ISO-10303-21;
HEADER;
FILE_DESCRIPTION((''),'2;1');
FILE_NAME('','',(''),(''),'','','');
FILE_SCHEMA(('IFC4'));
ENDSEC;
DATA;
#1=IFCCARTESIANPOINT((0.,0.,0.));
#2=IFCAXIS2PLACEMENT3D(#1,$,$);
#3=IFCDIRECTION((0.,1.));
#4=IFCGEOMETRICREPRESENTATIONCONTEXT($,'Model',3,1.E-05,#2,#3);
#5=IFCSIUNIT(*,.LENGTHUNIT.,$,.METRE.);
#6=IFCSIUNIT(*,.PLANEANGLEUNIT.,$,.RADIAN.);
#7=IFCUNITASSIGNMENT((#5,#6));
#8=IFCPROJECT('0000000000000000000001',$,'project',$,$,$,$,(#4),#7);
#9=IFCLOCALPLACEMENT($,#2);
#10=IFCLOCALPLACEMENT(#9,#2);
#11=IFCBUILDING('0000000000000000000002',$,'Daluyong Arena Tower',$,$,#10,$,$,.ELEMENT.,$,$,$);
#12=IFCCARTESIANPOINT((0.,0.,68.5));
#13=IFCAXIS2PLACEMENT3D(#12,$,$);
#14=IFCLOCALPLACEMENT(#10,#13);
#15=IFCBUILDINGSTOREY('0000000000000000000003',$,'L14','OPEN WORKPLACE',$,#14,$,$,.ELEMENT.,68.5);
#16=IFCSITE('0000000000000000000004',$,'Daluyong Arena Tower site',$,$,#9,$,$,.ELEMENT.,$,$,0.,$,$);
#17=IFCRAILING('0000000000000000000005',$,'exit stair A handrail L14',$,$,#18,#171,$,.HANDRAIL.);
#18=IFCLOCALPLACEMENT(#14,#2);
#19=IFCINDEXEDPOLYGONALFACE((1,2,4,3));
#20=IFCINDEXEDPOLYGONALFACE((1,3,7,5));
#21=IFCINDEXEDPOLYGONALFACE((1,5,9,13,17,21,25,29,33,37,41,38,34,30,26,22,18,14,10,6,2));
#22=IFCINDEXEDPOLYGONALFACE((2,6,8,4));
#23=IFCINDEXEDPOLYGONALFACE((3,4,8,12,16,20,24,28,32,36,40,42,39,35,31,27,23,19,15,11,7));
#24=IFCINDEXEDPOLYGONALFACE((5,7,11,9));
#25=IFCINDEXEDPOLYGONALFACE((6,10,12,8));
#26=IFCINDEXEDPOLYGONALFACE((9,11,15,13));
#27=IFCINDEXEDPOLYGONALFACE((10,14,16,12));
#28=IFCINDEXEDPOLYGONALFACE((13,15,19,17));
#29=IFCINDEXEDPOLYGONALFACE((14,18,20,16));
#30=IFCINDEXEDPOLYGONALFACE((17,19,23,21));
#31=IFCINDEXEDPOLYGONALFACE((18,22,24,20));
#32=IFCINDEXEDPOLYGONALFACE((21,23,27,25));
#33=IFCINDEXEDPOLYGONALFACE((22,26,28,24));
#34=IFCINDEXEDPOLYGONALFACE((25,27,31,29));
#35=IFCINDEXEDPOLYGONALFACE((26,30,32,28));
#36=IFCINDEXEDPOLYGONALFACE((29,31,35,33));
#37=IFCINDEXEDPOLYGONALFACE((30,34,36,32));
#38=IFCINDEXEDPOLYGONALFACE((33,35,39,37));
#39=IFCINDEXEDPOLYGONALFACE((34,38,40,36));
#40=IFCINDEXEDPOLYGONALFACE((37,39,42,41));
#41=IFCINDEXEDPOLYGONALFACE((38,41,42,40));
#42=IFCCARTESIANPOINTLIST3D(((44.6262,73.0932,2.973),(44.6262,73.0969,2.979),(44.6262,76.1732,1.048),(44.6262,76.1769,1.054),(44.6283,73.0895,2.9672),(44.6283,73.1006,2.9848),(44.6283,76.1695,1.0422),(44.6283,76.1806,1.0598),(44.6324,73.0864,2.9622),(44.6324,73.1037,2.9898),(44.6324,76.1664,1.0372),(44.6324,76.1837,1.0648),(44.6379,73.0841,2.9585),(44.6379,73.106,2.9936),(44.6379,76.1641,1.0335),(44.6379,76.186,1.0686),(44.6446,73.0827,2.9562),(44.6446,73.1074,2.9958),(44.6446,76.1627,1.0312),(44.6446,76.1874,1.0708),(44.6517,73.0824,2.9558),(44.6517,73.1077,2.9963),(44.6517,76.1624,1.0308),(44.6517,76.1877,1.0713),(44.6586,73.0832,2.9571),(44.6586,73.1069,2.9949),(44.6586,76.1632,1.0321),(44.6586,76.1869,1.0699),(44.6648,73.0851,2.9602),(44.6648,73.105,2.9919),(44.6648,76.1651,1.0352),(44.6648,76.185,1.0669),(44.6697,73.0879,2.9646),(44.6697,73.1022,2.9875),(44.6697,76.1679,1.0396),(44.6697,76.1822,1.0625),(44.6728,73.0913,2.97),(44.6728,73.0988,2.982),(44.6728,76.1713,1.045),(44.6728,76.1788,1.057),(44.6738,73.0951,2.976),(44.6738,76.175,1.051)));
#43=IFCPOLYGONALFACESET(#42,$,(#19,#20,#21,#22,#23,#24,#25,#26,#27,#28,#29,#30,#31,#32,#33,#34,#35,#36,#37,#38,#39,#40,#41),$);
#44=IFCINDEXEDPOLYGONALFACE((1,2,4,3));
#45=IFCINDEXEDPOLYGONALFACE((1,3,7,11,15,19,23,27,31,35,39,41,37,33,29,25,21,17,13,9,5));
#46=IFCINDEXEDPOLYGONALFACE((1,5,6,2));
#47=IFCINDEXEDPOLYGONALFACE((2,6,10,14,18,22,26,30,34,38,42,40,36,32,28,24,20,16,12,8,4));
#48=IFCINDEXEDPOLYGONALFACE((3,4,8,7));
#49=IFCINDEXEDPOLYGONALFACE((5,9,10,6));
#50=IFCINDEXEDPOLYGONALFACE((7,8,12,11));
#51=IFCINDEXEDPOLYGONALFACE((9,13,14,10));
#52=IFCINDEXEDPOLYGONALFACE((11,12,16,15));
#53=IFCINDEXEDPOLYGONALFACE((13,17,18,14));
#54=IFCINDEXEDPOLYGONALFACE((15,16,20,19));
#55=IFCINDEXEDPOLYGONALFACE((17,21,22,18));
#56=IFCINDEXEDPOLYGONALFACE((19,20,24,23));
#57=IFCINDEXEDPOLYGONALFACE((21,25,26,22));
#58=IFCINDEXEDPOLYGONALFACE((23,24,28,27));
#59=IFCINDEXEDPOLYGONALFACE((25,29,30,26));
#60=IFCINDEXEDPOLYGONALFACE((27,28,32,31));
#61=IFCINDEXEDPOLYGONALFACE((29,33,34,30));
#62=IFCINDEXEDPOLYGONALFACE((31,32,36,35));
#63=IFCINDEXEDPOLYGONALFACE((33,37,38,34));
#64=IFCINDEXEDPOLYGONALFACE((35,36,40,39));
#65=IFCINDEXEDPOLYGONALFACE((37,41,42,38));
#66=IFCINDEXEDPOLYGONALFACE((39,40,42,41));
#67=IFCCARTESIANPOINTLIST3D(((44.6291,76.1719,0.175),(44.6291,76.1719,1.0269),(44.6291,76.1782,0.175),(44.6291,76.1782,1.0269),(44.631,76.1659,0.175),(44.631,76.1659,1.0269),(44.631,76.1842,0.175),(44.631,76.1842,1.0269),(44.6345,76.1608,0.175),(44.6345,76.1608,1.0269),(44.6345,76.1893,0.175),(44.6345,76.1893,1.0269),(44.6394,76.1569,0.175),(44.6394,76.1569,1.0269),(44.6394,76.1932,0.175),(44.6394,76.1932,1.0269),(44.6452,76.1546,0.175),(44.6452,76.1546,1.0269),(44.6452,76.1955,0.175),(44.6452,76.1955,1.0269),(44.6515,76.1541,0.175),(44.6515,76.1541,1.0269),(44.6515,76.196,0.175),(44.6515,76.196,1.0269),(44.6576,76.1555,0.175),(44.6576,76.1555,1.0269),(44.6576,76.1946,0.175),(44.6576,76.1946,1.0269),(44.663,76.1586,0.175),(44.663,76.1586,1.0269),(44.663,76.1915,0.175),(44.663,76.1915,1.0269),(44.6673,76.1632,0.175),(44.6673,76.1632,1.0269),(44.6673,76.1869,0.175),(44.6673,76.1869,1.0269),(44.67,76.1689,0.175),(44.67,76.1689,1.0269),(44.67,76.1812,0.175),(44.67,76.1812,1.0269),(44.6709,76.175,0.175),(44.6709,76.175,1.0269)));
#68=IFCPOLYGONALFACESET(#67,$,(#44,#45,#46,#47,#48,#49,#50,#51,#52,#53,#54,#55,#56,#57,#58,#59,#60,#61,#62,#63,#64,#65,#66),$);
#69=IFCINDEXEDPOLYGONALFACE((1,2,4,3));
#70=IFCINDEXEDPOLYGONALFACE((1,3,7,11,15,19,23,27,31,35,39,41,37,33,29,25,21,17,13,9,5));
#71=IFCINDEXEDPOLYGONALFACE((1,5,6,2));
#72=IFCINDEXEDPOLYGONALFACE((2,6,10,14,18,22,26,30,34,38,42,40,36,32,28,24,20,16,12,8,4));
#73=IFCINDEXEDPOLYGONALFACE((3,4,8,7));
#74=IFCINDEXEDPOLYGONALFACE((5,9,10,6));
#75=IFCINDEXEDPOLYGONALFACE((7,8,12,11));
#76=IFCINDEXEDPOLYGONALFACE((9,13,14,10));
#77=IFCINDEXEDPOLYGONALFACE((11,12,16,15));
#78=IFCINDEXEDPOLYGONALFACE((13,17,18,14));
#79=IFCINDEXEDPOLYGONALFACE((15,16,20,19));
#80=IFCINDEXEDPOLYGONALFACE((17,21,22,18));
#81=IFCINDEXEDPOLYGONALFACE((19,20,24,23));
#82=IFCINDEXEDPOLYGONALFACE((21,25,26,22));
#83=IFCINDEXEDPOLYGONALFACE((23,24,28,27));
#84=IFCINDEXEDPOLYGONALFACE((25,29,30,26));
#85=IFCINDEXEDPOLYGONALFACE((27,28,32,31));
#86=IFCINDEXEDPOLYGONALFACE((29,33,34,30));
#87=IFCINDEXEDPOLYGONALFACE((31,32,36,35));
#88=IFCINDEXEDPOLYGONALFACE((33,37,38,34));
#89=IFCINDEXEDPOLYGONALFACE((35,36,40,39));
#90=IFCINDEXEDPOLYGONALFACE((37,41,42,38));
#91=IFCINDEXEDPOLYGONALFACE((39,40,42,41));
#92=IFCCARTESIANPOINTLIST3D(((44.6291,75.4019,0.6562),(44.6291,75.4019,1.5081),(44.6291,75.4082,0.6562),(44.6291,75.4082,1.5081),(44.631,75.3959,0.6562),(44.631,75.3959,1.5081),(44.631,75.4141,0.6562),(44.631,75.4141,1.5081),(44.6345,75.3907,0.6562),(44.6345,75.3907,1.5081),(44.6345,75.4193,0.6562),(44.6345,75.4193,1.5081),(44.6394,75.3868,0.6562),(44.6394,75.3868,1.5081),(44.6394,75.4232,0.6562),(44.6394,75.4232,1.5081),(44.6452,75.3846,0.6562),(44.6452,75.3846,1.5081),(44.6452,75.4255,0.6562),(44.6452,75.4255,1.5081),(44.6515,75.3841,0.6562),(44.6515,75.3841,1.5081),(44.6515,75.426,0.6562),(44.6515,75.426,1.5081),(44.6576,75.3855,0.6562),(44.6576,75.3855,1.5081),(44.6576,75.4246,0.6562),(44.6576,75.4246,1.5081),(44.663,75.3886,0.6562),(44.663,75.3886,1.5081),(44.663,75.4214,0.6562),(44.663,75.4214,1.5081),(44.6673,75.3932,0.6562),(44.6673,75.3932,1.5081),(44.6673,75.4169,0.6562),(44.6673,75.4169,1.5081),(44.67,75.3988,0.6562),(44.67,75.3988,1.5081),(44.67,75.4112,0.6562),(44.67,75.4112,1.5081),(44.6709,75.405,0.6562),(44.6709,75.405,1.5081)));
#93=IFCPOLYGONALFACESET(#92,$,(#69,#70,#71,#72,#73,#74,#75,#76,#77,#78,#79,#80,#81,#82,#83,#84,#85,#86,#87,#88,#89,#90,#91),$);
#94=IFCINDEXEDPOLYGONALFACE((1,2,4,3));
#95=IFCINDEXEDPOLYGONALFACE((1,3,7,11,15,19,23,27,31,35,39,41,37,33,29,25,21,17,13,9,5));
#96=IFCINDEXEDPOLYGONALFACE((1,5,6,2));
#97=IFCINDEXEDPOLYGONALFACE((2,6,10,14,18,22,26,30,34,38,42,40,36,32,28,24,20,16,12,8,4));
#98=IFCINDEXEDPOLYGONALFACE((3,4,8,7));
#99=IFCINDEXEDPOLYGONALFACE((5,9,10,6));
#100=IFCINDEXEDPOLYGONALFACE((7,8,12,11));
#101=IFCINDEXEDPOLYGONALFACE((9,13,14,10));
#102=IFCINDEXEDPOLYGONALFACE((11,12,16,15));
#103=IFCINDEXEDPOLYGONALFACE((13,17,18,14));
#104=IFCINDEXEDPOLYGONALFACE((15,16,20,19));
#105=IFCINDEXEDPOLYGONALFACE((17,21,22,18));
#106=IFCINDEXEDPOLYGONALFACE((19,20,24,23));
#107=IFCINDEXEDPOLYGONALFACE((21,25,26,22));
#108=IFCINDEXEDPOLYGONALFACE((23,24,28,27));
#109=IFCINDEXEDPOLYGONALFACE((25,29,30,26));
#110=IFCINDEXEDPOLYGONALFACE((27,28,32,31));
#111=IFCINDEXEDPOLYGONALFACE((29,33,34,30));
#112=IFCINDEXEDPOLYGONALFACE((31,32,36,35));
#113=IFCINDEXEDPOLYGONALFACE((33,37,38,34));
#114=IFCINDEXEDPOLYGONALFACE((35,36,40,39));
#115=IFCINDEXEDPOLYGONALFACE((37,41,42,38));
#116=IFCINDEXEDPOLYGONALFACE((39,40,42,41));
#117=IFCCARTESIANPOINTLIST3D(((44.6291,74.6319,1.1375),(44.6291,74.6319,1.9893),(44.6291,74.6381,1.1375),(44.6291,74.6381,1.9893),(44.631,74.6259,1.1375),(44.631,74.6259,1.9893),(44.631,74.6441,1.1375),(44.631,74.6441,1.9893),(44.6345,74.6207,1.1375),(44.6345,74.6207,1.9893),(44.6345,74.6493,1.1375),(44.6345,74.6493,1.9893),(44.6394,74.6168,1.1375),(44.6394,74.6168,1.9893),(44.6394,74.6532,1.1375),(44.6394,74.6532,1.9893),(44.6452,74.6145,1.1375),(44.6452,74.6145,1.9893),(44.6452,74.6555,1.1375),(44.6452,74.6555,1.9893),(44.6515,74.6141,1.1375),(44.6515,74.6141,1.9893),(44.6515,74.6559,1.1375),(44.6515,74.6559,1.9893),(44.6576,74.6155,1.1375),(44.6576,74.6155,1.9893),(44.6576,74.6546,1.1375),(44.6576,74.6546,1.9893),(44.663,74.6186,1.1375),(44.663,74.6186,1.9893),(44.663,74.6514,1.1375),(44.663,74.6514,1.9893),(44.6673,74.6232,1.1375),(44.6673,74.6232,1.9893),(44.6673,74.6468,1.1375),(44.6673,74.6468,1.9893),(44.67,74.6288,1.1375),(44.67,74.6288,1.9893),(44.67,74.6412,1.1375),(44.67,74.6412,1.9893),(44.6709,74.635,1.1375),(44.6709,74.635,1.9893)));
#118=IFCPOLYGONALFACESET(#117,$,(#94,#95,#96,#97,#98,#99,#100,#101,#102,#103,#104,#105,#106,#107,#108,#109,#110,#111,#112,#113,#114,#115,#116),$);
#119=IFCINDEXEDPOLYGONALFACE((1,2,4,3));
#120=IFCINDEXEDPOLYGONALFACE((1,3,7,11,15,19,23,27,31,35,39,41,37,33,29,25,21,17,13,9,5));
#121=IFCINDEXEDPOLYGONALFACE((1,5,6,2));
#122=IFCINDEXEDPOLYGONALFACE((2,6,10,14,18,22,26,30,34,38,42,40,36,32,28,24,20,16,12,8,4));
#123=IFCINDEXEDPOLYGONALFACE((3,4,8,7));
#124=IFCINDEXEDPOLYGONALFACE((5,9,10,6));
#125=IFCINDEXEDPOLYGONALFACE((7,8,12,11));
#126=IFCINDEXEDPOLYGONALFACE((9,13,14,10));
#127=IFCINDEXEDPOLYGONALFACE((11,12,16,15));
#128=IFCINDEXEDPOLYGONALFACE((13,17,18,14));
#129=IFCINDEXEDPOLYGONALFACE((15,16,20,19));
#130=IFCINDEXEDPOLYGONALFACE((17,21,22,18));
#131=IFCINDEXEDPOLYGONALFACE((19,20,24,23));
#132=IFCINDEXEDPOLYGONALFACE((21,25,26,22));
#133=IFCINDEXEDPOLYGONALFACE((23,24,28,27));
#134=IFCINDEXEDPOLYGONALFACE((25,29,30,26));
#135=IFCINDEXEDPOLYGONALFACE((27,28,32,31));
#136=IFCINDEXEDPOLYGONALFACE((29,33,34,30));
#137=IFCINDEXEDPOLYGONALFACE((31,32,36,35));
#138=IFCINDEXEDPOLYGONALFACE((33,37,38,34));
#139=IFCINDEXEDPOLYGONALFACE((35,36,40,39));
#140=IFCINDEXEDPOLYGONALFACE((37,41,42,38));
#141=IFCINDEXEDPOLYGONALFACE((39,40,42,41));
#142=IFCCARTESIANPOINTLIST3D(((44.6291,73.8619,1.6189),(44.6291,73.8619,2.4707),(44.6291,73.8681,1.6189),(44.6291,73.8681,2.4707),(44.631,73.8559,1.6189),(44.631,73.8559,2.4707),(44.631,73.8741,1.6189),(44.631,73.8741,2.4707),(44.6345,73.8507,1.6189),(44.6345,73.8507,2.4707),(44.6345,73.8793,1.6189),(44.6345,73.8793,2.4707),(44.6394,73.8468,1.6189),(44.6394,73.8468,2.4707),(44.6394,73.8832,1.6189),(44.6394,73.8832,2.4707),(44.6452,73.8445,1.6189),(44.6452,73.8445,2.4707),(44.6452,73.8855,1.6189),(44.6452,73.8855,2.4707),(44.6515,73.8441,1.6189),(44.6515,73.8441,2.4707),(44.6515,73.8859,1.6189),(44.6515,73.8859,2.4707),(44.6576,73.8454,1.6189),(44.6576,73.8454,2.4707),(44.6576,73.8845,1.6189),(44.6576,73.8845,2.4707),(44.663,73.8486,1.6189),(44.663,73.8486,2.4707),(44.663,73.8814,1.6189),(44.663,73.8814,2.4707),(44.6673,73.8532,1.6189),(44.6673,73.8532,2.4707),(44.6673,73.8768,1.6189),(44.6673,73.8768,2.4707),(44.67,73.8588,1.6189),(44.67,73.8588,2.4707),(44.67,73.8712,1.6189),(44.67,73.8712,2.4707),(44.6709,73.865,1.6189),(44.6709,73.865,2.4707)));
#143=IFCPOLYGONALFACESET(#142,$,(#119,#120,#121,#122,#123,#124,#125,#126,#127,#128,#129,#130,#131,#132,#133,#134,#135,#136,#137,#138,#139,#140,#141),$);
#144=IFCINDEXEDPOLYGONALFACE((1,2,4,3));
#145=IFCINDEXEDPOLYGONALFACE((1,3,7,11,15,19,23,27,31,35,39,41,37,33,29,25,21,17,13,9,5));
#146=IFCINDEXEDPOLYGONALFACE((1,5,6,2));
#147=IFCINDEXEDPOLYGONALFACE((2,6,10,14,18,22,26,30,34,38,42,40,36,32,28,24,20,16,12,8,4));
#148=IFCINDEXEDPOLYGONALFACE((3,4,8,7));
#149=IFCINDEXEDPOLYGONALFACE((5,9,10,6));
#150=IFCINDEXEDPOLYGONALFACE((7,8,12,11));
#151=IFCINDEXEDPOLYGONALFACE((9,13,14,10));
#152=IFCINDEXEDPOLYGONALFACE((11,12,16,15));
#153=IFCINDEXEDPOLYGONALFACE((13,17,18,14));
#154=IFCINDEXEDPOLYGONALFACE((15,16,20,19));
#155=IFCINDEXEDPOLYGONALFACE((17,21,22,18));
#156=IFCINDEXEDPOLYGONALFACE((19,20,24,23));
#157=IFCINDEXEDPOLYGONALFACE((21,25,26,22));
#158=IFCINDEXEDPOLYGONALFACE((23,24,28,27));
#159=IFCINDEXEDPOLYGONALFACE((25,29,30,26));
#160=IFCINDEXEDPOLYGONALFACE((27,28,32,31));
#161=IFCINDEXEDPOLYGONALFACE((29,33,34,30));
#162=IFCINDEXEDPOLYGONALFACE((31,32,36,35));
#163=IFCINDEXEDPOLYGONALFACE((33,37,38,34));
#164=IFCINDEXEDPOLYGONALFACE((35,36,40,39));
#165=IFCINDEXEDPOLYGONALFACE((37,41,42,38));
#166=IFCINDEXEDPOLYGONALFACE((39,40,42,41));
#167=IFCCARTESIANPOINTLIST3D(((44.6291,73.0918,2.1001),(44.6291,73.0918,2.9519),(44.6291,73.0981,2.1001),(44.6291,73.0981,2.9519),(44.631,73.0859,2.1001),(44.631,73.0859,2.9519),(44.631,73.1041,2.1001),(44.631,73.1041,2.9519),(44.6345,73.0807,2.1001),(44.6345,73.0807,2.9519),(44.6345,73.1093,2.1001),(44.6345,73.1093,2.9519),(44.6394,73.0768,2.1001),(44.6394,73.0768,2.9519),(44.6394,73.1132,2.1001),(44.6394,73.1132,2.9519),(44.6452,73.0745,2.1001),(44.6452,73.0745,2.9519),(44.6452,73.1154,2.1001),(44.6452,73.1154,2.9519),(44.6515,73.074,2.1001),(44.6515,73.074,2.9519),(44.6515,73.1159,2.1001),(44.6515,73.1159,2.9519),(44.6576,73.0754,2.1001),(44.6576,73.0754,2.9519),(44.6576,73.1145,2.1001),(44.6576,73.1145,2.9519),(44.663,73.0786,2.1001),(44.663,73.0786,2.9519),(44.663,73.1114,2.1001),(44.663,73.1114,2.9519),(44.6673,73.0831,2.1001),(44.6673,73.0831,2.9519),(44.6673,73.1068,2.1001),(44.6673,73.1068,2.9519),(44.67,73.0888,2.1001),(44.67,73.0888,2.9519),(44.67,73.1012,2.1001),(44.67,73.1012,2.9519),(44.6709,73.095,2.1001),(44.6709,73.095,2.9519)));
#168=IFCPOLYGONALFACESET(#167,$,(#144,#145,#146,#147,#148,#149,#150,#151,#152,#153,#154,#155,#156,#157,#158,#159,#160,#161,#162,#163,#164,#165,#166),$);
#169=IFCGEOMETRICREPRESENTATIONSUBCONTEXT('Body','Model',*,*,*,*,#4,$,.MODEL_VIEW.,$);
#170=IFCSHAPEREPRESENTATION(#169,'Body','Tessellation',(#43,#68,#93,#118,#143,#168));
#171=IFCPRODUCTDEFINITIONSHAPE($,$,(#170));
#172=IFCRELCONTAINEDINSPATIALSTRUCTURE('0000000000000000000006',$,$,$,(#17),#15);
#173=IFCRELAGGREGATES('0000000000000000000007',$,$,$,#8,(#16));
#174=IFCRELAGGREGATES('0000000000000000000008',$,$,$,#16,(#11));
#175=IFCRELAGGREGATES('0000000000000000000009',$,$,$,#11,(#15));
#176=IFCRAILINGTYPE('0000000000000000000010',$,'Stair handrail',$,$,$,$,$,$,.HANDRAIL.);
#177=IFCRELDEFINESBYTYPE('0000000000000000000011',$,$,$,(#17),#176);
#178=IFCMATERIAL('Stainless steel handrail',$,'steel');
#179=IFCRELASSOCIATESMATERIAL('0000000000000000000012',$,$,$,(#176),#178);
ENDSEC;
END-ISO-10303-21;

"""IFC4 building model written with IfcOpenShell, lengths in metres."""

from ifc_helpers import new_model, si_unit, direction, frame, origin, origin_2d, place, context, subcontext, project, spatial, circle, extrude, material, type_object, element, save


model = new_model("IFC4")

# Units and contexts
model_context = context("Model", 3, precision=1e-05, world=origin(), true_north=direction((0.0, 1.0)))
body_context = subcontext(model_context, "Body", "Model", "MODEL_VIEW")
ifc_project = project(units=[si_unit("LENGTHUNIT", "METRE"), si_unit("PLANEANGLEUNIT", "RADIAN")], contexts=[model_context])

# Site, building, storey
site_placement = place(None, origin())
site = spatial("IfcSite", under=ifc_project, at=site_placement, Name="Daluyong Arena Tower site", CompositionType="ELEMENT", RefElevation=0.0)
building_placement = place(site_placement, origin())
building = spatial("IfcBuilding", under=site, at=building_placement, Name="Daluyong Arena Tower", CompositionType="ELEMENT")
storey_placement = place(building_placement, frame((0.0, 0.0, 68.5)))
storey = spatial("IfcBuildingStorey", under=building, at=storey_placement, Name="L14", Description="OPEN WORKPLACE", CompositionType="ELEMENT", Elevation=68.5)

# Railing
ifc_material_1 = material(Name="Stainless steel handrail", Category="steel")
railing_type_1 = type_object("IfcRailingType", Name="Stair handrail", PredefinedType="HANDRAIL", material=ifc_material_1)
railing_1_placement = place(storey_placement, frame((44.6499, 76.175, 0.175)))
element("IfcRailing", 1, at=railing_1_placement, inside=storey, type_object=railing_type_1, Name="exit stair A handrail L14", PredefinedType="HANDRAIL", context=body_context, shape_type="SweptSolid", body=[
    extrude(circle(Radius=0.0239, at=origin_2d()), frame((0.0, 0.0, 0.876), z_axis=(0.0, -0.847998, 0.529999), x_axis=(1.0, 0.0, 0.0)), (0.0, 0.0, 1.0), 3.6321),
    extrude(circle(Radius=0.021, at=origin_2d()), origin(), (0.0, 0.0, 1.0), 0.8518),
    extrude(circle(Radius=0.021, at=origin_2d()), frame((0.0, -0.77, 0.4812)), (0.0, 0.0, 1.0), 0.8518),
    extrude(circle(Radius=0.021, at=origin_2d()), frame((0.0, -1.54, 0.9624)), (0.0, 0.0, 1.0), 0.8518),
    extrude(circle(Radius=0.021, at=origin_2d()), frame((0.0, -2.3101, 1.4438)), (0.0, 0.0, 1.0), 0.8518),
    extrude(circle(Radius=0.021, at=origin_2d()), frame((0.0, -3.0801, 1.925)), (0.0, 0.0, 1.0), 0.8518),
])

save(model, "model.ifc")
